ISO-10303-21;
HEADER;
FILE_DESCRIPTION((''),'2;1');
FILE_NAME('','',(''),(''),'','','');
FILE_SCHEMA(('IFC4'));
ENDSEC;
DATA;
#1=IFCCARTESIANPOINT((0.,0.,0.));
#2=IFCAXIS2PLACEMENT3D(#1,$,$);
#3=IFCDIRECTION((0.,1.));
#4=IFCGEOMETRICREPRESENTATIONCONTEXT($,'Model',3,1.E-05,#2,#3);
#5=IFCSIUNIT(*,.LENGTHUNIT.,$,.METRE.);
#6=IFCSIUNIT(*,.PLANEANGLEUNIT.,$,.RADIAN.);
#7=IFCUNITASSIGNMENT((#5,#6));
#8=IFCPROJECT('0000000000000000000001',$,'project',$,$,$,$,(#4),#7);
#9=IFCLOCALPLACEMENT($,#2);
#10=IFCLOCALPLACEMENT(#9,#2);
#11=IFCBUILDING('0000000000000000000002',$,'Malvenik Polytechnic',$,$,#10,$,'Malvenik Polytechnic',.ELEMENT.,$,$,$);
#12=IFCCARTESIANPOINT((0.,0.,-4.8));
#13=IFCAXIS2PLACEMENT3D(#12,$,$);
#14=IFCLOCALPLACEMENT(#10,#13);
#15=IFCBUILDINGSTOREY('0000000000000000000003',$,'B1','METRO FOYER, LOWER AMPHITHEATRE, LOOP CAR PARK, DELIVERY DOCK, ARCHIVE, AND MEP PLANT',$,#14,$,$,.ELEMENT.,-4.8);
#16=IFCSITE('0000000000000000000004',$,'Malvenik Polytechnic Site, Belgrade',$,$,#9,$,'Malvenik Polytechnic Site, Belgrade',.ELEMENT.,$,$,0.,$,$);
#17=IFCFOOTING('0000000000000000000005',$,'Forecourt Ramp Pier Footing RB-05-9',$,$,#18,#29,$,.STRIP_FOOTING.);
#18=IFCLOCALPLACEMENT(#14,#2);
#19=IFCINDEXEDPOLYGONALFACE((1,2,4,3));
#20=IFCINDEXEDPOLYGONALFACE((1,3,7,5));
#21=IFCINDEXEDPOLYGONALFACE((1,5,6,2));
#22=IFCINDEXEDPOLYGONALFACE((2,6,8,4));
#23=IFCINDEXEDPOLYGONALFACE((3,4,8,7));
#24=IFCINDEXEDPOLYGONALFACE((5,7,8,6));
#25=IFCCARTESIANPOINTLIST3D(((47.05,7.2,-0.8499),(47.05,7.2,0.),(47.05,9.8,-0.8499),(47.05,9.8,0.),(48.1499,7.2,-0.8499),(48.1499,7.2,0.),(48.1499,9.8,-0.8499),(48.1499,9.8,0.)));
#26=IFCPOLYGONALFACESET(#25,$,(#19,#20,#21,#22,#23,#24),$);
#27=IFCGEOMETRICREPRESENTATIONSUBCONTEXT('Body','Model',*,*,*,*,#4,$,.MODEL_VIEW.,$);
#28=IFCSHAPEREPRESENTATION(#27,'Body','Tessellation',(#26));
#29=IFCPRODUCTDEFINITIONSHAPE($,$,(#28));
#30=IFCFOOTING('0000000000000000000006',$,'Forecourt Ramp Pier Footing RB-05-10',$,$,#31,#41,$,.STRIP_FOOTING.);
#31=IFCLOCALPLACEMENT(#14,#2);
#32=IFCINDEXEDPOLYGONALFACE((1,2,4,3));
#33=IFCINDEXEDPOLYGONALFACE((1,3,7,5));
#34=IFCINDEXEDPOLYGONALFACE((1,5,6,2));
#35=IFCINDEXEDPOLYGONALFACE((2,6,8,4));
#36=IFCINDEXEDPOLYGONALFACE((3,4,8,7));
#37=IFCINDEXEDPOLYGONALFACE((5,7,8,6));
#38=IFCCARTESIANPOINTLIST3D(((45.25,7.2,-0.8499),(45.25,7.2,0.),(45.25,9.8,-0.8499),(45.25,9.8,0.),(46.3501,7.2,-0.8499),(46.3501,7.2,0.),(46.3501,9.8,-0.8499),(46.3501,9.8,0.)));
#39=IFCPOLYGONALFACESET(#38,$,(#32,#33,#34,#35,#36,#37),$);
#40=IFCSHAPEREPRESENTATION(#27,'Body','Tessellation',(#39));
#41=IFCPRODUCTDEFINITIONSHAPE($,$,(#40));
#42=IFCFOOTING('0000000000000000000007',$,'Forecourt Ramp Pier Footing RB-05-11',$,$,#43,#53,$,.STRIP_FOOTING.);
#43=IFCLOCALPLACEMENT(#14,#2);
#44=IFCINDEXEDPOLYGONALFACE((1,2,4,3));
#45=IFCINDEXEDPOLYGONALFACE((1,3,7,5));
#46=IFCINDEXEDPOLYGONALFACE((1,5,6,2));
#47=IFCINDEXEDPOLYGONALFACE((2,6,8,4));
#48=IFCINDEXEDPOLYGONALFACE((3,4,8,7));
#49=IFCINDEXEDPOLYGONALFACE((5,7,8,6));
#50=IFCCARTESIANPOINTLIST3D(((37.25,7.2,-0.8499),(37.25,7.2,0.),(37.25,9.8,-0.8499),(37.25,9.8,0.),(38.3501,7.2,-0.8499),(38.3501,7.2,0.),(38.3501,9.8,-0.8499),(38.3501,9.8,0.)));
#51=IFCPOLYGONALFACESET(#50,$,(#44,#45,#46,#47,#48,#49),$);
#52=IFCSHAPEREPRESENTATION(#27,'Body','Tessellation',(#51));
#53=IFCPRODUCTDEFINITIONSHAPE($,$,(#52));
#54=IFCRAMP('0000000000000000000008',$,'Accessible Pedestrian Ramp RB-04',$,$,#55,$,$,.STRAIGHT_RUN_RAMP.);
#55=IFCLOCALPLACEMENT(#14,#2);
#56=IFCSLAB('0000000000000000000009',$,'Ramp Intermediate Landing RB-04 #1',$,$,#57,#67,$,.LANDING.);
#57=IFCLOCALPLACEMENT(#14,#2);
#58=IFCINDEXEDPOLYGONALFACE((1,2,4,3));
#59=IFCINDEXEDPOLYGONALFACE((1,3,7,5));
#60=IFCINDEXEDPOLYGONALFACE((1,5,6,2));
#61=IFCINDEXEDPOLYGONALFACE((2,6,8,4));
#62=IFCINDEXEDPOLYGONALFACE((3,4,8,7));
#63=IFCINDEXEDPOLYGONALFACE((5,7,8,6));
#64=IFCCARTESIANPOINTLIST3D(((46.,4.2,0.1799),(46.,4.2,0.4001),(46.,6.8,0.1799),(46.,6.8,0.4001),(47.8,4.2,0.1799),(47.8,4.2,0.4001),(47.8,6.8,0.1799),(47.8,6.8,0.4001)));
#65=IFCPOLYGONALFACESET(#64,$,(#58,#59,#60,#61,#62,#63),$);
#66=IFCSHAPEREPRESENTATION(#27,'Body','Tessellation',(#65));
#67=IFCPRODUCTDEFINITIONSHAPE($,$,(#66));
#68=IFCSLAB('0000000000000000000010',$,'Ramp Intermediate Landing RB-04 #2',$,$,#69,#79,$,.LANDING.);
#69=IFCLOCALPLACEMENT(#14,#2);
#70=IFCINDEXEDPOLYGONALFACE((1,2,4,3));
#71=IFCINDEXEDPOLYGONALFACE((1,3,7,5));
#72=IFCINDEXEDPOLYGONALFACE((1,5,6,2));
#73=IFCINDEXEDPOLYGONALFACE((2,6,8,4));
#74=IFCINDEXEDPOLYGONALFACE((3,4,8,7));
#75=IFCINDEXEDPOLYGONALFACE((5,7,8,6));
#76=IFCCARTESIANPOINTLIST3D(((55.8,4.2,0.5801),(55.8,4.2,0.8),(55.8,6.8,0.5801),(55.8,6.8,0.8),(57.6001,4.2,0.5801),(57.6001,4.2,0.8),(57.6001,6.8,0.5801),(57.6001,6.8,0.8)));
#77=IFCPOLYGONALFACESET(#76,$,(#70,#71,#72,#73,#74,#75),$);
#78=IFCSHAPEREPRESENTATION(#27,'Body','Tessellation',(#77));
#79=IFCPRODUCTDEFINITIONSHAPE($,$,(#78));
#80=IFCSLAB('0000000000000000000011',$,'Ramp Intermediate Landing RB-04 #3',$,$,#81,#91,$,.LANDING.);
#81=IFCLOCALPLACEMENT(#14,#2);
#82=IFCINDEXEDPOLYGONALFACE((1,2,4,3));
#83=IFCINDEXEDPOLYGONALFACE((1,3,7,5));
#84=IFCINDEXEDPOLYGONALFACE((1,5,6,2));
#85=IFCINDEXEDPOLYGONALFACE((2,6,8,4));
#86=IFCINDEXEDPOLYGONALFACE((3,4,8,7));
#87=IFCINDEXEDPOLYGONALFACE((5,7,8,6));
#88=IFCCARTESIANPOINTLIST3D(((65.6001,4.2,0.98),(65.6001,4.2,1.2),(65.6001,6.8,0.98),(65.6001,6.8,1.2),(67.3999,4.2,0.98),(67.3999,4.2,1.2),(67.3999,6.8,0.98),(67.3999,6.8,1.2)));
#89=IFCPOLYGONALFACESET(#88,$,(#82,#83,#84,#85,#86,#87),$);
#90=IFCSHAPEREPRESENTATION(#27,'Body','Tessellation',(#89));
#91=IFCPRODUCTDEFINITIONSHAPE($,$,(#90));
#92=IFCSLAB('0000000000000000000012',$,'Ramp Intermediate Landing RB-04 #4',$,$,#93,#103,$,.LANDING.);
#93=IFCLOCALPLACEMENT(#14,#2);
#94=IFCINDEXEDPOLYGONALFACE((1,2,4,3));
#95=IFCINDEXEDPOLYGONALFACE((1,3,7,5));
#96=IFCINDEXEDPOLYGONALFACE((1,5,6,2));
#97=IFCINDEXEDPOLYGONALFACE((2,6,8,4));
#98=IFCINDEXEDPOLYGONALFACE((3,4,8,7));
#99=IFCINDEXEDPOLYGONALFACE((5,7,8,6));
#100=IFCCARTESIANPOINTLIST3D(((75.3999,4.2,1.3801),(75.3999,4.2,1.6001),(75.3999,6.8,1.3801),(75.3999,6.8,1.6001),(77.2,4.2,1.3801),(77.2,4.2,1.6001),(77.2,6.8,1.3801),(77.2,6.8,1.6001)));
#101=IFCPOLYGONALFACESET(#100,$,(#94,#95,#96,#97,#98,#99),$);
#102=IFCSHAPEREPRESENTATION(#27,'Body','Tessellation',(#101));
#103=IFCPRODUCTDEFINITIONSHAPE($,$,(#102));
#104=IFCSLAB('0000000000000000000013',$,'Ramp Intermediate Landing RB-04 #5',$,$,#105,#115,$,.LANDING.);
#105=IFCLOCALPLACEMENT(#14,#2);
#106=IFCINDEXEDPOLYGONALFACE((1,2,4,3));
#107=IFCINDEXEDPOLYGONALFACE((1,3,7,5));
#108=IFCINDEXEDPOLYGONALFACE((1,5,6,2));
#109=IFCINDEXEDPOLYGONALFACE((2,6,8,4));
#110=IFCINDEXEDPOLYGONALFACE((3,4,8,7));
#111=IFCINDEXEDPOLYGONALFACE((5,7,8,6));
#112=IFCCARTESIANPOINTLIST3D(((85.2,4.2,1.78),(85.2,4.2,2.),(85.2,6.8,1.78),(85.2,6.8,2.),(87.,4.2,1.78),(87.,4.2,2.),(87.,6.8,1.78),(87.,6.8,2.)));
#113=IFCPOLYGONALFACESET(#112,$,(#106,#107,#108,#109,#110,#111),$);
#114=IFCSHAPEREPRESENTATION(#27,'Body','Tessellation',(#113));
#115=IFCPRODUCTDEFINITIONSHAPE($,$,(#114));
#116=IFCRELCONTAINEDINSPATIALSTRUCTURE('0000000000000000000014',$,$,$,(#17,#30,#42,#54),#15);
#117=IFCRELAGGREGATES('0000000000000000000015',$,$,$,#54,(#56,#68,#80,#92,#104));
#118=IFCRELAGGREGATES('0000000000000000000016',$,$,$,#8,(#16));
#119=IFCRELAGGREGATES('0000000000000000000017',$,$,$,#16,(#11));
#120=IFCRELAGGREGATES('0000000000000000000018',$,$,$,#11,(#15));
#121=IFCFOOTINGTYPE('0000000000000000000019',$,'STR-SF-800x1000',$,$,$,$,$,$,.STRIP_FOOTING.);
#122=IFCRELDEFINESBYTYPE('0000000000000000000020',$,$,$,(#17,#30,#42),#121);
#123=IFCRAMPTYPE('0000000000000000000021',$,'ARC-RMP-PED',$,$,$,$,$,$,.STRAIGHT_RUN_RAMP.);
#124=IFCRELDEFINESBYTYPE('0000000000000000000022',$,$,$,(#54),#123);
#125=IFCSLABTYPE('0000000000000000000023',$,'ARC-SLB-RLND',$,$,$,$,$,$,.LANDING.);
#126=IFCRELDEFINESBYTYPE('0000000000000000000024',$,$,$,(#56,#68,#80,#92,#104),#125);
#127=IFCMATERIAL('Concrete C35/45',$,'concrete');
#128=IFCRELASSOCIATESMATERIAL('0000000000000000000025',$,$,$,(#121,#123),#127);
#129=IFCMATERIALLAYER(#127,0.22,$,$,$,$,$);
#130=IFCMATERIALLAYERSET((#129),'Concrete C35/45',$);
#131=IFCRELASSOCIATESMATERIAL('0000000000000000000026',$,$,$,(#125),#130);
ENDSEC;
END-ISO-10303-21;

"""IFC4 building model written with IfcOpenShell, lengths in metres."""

from ifc_helpers import new_model, si_unit, direction, frame, origin, place, context, subcontext, project, spatial, polyline, outline, extrude, material, layer, layer_set, type_object, element, aggregate, save


model = new_model("IFC4")

# Units and contexts
model_context = context("Model", 3, precision=1e-05, world=origin(), true_north=direction((0.0, 1.0)))
body_context = subcontext(model_context, "Body", "Model", "MODEL_VIEW")
ifc_project = project(units=[si_unit("LENGTHUNIT", "METRE"), si_unit("PLANEANGLEUNIT", "RADIAN")], contexts=[model_context])

# Site, building, storey
site_placement = place(None, origin())
site = spatial("IfcSite", under=ifc_project, at=site_placement, Name="Malvenik Polytechnic Site, Belgrade", LongName="Malvenik Polytechnic Site, Belgrade", CompositionType="ELEMENT", RefElevation=0.0)
building_placement = place(site_placement, origin())
building = spatial("IfcBuilding", under=site, at=building_placement, Name="Malvenik Polytechnic", LongName="Malvenik Polytechnic", CompositionType="ELEMENT")
storey_placement = place(building_placement, frame((0.0, 0.0, -4.8)))
storey = spatial("IfcBuildingStorey", under=building, at=storey_placement, Name="B1", Description="METRO FOYER, LOWER AMPHITHEATRE, LOOP CAR PARK, DELIVERY DOCK, ARCHIVE, AND MEP PLANT", CompositionType="ELEMENT", Elevation=-4.8)

# Footings
ifc_material = material(Name="Concrete C35/45", Category="concrete")
footing_type = type_object("IfcFootingType", Name="STR-SF-800x1000", PredefinedType="STRIP_FOOTING", material=ifc_material)
footing_1_placement = place(storey_placement, frame((0.0, 0.0, -0.8499)))
element("IfcFooting", 1, at=footing_1_placement, inside=storey, type_object=footing_type, Name="Forecourt Ramp Pier Footing RB-05-9", PredefinedType="STRIP_FOOTING", context=body_context, shape_type="SweptSolid", body=[
    extrude(outline(polyline([(47.05, 7.2), (47.05, 9.8), (48.1499, 9.8), (48.1499, 7.2), (47.05, 7.2)])), origin(), (0.0, 0.0, 1.0), 0.8499),
])
footing_2_placement = place(storey_placement, frame((0.0, 0.0, -0.8499)))
element("IfcFooting", 2, at=footing_2_placement, inside=storey, type_object=footing_type, Name="Forecourt Ramp Pier Footing RB-05-10", PredefinedType="STRIP_FOOTING", context=body_context, shape_type="SweptSolid", body=[
    extrude(outline(polyline([(45.25, 7.2), (45.25, 9.8), (46.3501, 9.8), (46.3501, 7.2), (45.25, 7.2)])), origin(), (0.0, 0.0, 1.0), 0.8499),
])
footing_3_placement = place(storey_placement, frame((0.0, 0.0, -0.8499)))
element("IfcFooting", 3, at=footing_3_placement, inside=storey, type_object=footing_type, Name="Forecourt Ramp Pier Footing RB-05-11", PredefinedType="STRIP_FOOTING", context=body_context, shape_type="SweptSolid", body=[
    extrude(outline(polyline([(37.25, 7.2), (37.25, 9.8), (38.3501, 9.8), (38.3501, 7.2), (37.25, 7.2)])), origin(), (0.0, 0.0, 1.0), 0.8499),
])

# Ramp, slabs
ramp_type = type_object("IfcRampType", Name="ARC-RMP-PED", PredefinedType="STRAIGHT_RUN_RAMP", material=ifc_material)
ramp_placement = place(storey_placement, origin())
ramp = element("IfcRamp", 4, at=ramp_placement, inside=storey, type_object=ramp_type, Name="Accessible Pedestrian Ramp RB-04", PredefinedType="STRAIGHT_RUN_RAMP")
ifc_layer = layer(ifc_material, 0.22)
ifc_layer_set = layer_set([ifc_layer], Name="Concrete C35/45")
slab_type = type_object("IfcSlabType", Name="ARC-SLB-RLND", PredefinedType="LANDING", material=ifc_layer_set)
slab_1_placement = place(storey_placement, frame((0.0, 0.0, 0.1799)))
slab_1 = element("IfcSlab", 5, at=slab_1_placement, type_object=slab_type, Name="Ramp Intermediate Landing RB-04 #1", PredefinedType="LANDING", context=body_context, shape_type="SweptSolid", body=[
    extrude(outline(polyline([(46.0, 4.2), (47.8, 4.2), (47.8, 6.8), (46.0, 6.8), (46.0, 4.2)])), origin(), (0.0, 0.0, 1.0), 0.2202),
])
slab_2_placement = place(storey_placement, frame((0.0, 0.0, 0.5801)))
slab_2 = element("IfcSlab", 6, at=slab_2_placement, type_object=slab_type, Name="Ramp Intermediate Landing RB-04 #2", PredefinedType="LANDING", context=body_context, shape_type="SweptSolid", body=[
    extrude(outline(polyline([(55.8, 4.2), (57.6001, 4.2), (57.6001, 6.8), (55.8, 6.8), (55.8, 4.2)])), origin(), (0.0, 0.0, 1.0), 0.22),
])
slab_3_placement = place(storey_placement, frame((0.0, 0.0, 0.98)))
slab_3 = element("IfcSlab", 7, at=slab_3_placement, type_object=slab_type, Name="Ramp Intermediate Landing RB-04 #3", PredefinedType="LANDING", context=body_context, shape_type="SweptSolid", body=[
    extrude(outline(polyline([(65.6001, 4.2), (67.3999, 4.2), (67.3999, 6.8), (65.6001, 6.8), (65.6001, 4.2)])), origin(), (0.0, 0.0, 1.0), 0.22),
])
slab_4_placement = place(storey_placement, frame((0.0, 0.0, 1.3801)))
slab_4 = element("IfcSlab", 8, at=slab_4_placement, type_object=slab_type, Name="Ramp Intermediate Landing RB-04 #4", PredefinedType="LANDING", context=body_context, shape_type="SweptSolid", body=[
    extrude(outline(polyline([(75.3999, 4.2), (77.2, 4.2), (77.2, 6.8), (75.3999, 6.8), (75.3999, 4.2)])), origin(), (0.0, 0.0, 1.0), 0.22),
])
slab_5_placement = place(storey_placement, frame((0.0, 0.0, 1.78)))
slab_5 = element("IfcSlab", 9, at=slab_5_placement, type_object=slab_type, Name="Ramp Intermediate Landing RB-04 #5", PredefinedType="LANDING", context=body_context, shape_type="SweptSolid", body=[
    extrude(outline(polyline([(85.2, 4.2), (87.0, 4.2), (87.0, 6.8), (85.2, 6.8), (85.2, 4.2)])), origin(), (0.0, 0.0, 1.0), 0.22),
])
aggregate(ramp, [slab_1, slab_2, slab_3, slab_4, slab_5])

save(model, "model.ifc")
